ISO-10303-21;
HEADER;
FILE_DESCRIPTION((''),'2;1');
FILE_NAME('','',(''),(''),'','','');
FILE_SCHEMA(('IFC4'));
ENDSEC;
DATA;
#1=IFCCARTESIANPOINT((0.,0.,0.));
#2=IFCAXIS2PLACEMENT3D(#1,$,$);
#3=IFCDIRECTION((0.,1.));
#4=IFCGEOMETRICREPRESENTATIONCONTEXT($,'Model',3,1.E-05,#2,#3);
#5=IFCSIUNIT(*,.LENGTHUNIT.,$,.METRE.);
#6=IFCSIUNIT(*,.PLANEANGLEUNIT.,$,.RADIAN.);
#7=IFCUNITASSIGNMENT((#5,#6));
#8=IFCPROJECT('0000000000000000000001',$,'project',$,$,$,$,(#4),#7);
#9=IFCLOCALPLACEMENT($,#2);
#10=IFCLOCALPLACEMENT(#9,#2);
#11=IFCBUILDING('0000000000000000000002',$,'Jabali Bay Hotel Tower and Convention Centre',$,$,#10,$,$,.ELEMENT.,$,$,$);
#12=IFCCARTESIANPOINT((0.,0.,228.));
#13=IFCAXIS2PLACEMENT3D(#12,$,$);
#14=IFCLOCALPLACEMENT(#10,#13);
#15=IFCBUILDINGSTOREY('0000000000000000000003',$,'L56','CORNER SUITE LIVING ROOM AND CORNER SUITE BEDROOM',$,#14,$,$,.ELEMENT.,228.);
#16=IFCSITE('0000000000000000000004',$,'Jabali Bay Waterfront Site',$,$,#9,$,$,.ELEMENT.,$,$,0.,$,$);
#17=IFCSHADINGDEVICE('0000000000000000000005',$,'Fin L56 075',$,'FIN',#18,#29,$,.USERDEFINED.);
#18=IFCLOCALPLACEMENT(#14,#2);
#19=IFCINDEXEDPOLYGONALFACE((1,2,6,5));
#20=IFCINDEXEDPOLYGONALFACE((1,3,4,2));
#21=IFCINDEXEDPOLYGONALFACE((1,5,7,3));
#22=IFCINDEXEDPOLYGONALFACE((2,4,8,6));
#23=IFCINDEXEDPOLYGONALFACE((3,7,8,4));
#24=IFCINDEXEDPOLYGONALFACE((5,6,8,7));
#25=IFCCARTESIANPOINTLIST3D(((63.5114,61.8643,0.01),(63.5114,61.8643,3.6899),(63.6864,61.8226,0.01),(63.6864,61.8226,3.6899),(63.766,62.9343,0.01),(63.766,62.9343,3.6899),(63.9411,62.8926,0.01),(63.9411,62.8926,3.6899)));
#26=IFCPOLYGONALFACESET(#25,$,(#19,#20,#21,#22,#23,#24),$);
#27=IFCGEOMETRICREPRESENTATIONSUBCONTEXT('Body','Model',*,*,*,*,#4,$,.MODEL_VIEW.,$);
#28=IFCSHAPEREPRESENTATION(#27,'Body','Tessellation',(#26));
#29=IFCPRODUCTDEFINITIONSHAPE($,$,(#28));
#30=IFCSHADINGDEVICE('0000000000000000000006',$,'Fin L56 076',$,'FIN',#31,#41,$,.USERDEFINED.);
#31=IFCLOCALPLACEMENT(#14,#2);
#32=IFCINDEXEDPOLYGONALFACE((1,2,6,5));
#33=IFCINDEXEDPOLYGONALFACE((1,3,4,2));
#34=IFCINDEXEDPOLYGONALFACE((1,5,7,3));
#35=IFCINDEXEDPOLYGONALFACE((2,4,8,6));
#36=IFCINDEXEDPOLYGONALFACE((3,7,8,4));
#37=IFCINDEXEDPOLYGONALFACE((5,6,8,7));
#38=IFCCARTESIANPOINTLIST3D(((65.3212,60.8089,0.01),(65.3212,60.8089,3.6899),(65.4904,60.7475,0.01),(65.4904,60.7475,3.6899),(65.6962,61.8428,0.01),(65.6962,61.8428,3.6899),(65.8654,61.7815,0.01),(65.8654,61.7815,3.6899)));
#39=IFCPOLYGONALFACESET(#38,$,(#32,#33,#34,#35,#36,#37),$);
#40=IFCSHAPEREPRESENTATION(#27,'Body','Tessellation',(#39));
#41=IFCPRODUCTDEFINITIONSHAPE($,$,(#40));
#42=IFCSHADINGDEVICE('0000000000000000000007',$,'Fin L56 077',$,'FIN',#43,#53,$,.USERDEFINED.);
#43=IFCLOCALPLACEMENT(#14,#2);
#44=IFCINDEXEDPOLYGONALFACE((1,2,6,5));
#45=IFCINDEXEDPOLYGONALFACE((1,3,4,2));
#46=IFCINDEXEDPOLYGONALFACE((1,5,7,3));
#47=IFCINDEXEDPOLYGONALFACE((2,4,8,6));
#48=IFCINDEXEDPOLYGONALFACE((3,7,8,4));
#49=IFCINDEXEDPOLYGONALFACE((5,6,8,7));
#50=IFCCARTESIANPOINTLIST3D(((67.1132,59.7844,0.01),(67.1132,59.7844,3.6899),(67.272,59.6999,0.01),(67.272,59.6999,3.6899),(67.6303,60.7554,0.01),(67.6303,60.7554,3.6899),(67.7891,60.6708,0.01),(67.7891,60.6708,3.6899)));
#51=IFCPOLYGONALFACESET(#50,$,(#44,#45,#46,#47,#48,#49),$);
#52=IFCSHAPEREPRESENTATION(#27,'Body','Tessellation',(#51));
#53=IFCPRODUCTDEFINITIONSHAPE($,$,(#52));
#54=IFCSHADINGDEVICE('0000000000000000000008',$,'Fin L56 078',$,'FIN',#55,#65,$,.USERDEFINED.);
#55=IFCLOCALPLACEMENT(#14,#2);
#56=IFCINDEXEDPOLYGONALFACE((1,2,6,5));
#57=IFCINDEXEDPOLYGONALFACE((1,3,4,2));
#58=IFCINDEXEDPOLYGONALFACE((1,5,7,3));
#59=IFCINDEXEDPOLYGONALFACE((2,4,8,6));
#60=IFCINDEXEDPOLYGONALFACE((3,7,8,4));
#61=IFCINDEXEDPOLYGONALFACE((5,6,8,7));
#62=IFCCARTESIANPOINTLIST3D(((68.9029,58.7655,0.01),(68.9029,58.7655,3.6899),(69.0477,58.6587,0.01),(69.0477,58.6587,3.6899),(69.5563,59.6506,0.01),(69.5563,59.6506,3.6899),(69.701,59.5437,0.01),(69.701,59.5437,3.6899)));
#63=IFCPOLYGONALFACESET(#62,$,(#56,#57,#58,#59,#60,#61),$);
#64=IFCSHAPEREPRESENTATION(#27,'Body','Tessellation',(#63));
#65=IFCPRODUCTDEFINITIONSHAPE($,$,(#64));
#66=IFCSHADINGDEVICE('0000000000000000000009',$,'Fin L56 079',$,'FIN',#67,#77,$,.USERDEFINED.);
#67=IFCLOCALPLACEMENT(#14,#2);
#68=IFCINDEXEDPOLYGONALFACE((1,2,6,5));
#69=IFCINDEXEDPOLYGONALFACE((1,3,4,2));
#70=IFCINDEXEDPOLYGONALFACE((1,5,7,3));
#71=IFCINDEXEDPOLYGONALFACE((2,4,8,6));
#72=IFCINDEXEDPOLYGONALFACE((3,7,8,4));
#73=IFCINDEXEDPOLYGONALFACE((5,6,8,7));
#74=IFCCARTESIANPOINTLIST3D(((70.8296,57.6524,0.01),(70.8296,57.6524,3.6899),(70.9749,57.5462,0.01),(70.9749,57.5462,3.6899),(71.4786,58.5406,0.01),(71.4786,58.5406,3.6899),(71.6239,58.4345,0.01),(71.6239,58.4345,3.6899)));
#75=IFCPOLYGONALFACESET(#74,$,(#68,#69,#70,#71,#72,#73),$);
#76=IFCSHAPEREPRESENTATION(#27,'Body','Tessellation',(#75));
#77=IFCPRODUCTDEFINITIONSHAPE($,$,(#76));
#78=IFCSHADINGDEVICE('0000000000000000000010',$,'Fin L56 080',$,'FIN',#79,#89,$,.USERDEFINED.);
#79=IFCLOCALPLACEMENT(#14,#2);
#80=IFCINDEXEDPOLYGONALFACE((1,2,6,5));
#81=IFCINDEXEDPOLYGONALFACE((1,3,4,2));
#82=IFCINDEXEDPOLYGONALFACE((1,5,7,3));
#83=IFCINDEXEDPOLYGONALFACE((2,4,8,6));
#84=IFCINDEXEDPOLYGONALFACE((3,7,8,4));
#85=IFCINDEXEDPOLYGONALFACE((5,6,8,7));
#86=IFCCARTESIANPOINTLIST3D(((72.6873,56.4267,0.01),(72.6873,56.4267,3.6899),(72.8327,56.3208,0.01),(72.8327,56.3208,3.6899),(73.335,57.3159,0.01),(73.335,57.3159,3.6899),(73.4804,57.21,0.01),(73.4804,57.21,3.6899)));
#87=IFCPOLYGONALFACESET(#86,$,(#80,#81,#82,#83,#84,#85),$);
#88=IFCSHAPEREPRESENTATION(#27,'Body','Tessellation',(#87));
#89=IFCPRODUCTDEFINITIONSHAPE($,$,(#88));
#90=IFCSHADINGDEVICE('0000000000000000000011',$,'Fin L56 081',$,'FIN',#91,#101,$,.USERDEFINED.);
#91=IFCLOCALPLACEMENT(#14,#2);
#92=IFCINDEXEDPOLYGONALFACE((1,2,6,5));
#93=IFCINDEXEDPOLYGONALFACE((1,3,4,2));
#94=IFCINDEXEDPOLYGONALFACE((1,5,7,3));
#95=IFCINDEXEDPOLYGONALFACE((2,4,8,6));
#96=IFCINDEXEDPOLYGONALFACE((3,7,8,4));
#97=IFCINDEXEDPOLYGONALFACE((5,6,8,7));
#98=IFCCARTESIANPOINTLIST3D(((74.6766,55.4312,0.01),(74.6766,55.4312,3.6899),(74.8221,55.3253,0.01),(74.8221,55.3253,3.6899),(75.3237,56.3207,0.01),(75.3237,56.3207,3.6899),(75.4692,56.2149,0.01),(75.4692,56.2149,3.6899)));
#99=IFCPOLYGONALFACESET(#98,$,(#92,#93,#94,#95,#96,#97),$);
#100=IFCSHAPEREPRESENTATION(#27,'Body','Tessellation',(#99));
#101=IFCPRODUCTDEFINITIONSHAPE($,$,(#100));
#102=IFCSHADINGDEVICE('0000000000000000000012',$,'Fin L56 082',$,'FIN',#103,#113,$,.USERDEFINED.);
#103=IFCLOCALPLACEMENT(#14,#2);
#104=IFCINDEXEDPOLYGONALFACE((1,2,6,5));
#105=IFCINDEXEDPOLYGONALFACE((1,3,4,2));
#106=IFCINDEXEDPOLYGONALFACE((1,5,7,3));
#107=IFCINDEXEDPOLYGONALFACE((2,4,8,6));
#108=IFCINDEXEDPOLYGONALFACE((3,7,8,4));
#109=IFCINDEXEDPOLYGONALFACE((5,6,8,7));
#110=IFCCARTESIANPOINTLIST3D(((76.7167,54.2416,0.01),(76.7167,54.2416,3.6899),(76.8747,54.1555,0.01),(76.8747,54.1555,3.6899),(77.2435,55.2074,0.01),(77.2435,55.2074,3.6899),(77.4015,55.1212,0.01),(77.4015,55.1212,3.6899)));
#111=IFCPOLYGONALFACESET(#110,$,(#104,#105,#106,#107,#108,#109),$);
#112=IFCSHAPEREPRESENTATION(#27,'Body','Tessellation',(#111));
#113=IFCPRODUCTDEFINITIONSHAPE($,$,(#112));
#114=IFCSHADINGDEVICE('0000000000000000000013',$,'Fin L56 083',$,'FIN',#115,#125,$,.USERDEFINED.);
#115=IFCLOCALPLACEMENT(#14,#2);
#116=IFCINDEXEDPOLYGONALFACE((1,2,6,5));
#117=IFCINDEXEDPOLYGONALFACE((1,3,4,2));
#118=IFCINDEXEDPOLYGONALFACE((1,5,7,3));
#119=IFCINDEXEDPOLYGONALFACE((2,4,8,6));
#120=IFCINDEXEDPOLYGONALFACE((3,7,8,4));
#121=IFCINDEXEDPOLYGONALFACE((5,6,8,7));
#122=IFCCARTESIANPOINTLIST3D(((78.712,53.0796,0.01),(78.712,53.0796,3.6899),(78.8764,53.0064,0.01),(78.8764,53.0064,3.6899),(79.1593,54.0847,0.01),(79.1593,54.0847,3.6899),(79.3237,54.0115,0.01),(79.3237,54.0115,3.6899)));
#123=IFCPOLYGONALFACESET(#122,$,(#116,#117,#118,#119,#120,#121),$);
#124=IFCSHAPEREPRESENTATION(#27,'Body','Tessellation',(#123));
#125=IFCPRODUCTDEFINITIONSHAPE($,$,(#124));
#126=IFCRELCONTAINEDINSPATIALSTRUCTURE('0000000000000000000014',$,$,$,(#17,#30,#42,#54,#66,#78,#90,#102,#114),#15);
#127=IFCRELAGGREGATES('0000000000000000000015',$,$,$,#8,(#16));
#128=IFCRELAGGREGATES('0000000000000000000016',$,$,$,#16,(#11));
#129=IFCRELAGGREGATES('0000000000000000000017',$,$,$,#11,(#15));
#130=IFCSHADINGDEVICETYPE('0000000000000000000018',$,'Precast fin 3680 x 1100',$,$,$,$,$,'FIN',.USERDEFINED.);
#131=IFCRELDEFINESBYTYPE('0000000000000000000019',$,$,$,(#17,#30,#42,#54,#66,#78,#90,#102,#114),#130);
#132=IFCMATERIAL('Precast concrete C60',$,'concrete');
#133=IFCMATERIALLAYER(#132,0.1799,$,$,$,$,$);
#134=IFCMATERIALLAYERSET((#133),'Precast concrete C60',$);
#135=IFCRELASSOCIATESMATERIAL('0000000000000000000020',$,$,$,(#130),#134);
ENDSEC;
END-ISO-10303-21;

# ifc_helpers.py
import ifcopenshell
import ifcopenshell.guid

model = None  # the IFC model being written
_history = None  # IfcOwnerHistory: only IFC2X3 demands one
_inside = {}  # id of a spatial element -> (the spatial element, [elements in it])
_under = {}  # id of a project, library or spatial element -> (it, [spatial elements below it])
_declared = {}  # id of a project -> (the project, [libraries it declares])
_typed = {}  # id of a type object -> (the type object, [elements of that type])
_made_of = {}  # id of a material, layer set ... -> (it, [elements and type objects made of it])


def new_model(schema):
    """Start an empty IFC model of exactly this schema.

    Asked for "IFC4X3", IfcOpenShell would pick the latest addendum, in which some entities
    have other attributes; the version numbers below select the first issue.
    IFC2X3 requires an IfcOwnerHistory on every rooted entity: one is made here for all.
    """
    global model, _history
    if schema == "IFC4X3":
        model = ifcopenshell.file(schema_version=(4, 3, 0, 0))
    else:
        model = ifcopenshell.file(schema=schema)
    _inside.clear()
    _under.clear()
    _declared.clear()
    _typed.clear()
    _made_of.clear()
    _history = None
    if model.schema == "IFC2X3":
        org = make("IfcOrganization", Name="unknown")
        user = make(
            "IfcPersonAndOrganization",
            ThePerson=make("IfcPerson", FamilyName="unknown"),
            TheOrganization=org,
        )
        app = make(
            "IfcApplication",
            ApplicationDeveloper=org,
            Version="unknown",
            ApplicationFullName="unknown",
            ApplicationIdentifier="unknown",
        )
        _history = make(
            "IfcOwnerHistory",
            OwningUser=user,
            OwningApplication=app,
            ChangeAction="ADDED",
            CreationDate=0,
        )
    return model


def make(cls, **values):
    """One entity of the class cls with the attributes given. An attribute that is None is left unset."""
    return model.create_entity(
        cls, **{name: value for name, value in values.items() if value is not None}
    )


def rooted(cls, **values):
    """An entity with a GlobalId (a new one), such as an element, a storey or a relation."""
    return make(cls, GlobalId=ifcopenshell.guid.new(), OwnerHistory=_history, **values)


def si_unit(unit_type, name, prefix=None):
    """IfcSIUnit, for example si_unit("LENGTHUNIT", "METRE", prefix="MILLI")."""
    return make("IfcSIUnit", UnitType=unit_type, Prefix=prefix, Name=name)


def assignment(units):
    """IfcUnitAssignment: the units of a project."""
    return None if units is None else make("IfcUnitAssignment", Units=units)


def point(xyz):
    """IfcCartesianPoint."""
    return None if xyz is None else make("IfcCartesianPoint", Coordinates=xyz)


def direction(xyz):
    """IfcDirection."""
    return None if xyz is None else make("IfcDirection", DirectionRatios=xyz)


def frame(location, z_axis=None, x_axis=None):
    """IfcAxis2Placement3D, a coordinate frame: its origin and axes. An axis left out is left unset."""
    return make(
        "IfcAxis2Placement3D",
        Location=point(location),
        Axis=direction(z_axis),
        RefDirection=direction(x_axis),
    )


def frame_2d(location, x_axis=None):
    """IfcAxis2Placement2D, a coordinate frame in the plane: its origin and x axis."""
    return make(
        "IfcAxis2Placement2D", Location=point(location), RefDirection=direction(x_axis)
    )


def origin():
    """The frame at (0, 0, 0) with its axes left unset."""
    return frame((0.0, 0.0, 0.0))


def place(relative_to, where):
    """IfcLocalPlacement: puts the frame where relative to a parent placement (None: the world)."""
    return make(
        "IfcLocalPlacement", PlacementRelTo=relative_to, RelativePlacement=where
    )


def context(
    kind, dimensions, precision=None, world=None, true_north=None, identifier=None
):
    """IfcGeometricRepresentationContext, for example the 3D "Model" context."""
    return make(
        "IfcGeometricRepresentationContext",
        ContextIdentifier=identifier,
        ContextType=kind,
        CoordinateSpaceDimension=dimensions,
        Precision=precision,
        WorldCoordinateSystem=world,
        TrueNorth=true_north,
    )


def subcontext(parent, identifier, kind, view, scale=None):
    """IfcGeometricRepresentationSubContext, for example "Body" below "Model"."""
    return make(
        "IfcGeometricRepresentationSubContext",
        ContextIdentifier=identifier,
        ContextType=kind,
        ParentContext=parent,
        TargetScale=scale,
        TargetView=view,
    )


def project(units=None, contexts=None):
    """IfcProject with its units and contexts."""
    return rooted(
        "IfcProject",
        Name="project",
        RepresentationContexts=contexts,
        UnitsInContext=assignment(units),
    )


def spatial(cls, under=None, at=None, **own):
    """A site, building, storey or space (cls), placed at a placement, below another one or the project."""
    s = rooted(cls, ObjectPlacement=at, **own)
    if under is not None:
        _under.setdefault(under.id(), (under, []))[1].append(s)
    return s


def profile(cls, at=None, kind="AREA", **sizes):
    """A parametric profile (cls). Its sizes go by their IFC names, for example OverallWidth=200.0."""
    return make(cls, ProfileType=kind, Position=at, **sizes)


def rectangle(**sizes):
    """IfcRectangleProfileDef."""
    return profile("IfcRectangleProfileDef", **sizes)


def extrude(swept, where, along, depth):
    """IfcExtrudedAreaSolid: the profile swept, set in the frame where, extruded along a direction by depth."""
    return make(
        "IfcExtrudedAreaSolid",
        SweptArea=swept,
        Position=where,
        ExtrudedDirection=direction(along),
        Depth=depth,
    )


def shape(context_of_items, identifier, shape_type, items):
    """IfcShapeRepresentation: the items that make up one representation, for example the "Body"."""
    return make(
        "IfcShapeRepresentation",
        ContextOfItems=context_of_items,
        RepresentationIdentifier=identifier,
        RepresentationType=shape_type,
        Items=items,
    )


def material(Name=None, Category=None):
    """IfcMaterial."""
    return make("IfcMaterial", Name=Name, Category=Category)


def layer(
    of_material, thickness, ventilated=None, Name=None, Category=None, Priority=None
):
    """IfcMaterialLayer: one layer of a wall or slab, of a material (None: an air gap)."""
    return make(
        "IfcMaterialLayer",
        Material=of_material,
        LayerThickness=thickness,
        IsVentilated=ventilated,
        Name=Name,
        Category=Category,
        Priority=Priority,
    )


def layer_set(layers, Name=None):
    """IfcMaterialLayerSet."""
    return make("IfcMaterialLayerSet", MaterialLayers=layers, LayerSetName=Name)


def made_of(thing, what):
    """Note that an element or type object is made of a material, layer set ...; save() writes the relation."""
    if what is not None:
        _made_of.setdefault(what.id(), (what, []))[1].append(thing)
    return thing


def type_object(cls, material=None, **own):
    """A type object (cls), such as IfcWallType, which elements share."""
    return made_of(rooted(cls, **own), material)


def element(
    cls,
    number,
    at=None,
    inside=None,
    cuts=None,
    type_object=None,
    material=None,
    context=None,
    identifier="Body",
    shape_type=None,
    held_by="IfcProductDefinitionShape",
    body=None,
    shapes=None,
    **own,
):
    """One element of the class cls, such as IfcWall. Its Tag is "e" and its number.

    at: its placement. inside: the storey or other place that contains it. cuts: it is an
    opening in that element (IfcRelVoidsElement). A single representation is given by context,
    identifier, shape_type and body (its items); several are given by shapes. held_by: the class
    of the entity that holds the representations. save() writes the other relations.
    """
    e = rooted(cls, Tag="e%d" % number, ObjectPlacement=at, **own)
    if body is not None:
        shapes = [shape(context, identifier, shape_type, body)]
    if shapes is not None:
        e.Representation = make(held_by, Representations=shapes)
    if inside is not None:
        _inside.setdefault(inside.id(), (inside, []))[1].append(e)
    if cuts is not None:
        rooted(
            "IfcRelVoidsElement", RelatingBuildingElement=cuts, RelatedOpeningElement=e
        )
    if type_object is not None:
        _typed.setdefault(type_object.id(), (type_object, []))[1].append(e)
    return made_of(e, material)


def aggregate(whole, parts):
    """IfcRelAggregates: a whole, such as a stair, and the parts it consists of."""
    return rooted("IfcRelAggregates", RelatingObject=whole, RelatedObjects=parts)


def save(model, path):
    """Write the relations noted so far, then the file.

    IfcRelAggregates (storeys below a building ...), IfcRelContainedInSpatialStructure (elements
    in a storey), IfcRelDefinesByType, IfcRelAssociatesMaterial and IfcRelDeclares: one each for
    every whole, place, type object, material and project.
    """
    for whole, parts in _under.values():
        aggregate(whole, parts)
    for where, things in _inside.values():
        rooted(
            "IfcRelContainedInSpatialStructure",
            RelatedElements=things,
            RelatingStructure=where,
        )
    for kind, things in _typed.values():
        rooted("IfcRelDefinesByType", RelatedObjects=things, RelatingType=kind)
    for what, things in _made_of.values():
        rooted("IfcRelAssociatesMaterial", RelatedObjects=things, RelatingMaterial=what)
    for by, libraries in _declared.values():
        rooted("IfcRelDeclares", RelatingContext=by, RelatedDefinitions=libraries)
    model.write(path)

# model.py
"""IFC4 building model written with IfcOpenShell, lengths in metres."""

from ifc_helpers import new_model, si_unit, direction, frame, frame_2d, origin, place, context, subcontext, project, spatial, rectangle, extrude, material, layer, layer_set, type_object, element, save


model = new_model("IFC4")

# Units and contexts
model_context = context("Model", 3, precision=1e-05, world=origin(), true_north=direction((0.0, 1.0)))
body_context = subcontext(model_context, "Body", "Model", "MODEL_VIEW")
ifc_project = project(units=[si_unit("LENGTHUNIT", "METRE"), si_unit("PLANEANGLEUNIT", "RADIAN")], contexts=[model_context])

# Site, building, storey
site_placement = place(None, origin())
site = spatial("IfcSite", under=ifc_project, at=site_placement, Name="Jabali Bay Waterfront Site", CompositionType="ELEMENT", RefElevation=0.0)
building_placement = place(site_placement, origin())
building = spatial("IfcBuilding", under=site, at=building_placement, Name="Jabali Bay Hotel Tower and Convention Centre", CompositionType="ELEMENT")
storey_placement = place(building_placement, frame((0.0, 0.0, 228.0)))
storey = spatial("IfcBuildingStorey", under=building, at=storey_placement, Name="L56", Description="CORNER SUITE LIVING ROOM AND CORNER SUITE BEDROOM", CompositionType="ELEMENT", Elevation=228.0)

# Shading devices
ifc_material_1 = material(Name="Precast concrete C60", Category="concrete")
ifc_layer_1 = layer(ifc_material_1, 0.1799)
ifc_layer_set_1 = layer_set([ifc_layer_1], Name="Precast concrete C60")
shading_device_type = type_object("IfcShadingDeviceType", Name="Precast fin 3680 x 1100", ElementType="FIN", PredefinedType="USERDEFINED", material=ifc_layer_set_1)
for number, where, z_axis, x_axis, name in (
    (1, (63.8535, 62.9133, 0.01), (0.0, 0.0, 1.0), (-0.2315, -0.972835, 0.0), "Fin L56 075"),
    (2, (65.7808, 61.812, 0.01), (0.0, 0.0, 1.0), (-0.340959, -0.940078, 0.0), "Fin L56 076"),
):
    element("IfcShadingDevice", number, at=place(storey_placement, frame(where, z_axis=z_axis, x_axis=x_axis)), inside=storey, type_object=shading_device_type, Name=name, ObjectType="FIN", PredefinedType="USERDEFINED", context=body_context, shape_type="SweptSolid", body=[
        extrude(rectangle(XDim=1.0999, YDim=0.1799, at=frame_2d((0.5498, 0.0))), origin(), (0.0, 0.0, 1.0), 3.6799),
    ])
for number, where, z_axis, x_axis, name in (
    (3, (67.7097, 60.7131, 0.01), (0.0, 0.0, 1.0), (-0.470058, -0.882635, 0.0), "Fin L56 077"),
    (4, (69.6287, 59.5972, 0.01), (0.0, 0.0, 1.0), (-0.59391, -0.804531, 0.0), "Fin L56 078"),
    (5, (71.5513, 58.4875, 0.01), (0.0, 0.0, 1.0), (-0.589939, -0.807448, 0.0), "Fin L56 079"),
    (6, (73.4077, 57.2629, 0.01), (0.0, 0.0, 1.0), (-0.588792, -0.808285, 0.0), "Fin L56 080"),
    (7, (75.3965, 56.2678, 0.01), (0.0, 0.0, 1.0), (-0.58829, -0.80865, 0.0), "Fin L56 081"),
    (8, (77.3225, 55.1643, 0.01), (0.0, 0.0, 1.0), (-0.478883, -0.877879, 0.0), "Fin L56 082"),
    (9, (79.2415, 54.0481, 0.01), (0.0, 0.0, 1.0), (-0.40655, -0.913628, 0.0), "Fin L56 083"),
):
    element("IfcShadingDevice", number, at=place(storey_placement, frame(where, z_axis=z_axis, x_axis=x_axis)), inside=storey, type_object=shading_device_type, Name=name, ObjectType="FIN", PredefinedType="USERDEFINED", context=body_context, shape_type="SweptSolid", body=[
        extrude(rectangle(XDim=1.1001, YDim=0.1799, at=frame_2d((0.55, 0.0))), origin(), (0.0, 0.0, 1.0), 3.6799),
    ])

save(model, "model.ifc")
